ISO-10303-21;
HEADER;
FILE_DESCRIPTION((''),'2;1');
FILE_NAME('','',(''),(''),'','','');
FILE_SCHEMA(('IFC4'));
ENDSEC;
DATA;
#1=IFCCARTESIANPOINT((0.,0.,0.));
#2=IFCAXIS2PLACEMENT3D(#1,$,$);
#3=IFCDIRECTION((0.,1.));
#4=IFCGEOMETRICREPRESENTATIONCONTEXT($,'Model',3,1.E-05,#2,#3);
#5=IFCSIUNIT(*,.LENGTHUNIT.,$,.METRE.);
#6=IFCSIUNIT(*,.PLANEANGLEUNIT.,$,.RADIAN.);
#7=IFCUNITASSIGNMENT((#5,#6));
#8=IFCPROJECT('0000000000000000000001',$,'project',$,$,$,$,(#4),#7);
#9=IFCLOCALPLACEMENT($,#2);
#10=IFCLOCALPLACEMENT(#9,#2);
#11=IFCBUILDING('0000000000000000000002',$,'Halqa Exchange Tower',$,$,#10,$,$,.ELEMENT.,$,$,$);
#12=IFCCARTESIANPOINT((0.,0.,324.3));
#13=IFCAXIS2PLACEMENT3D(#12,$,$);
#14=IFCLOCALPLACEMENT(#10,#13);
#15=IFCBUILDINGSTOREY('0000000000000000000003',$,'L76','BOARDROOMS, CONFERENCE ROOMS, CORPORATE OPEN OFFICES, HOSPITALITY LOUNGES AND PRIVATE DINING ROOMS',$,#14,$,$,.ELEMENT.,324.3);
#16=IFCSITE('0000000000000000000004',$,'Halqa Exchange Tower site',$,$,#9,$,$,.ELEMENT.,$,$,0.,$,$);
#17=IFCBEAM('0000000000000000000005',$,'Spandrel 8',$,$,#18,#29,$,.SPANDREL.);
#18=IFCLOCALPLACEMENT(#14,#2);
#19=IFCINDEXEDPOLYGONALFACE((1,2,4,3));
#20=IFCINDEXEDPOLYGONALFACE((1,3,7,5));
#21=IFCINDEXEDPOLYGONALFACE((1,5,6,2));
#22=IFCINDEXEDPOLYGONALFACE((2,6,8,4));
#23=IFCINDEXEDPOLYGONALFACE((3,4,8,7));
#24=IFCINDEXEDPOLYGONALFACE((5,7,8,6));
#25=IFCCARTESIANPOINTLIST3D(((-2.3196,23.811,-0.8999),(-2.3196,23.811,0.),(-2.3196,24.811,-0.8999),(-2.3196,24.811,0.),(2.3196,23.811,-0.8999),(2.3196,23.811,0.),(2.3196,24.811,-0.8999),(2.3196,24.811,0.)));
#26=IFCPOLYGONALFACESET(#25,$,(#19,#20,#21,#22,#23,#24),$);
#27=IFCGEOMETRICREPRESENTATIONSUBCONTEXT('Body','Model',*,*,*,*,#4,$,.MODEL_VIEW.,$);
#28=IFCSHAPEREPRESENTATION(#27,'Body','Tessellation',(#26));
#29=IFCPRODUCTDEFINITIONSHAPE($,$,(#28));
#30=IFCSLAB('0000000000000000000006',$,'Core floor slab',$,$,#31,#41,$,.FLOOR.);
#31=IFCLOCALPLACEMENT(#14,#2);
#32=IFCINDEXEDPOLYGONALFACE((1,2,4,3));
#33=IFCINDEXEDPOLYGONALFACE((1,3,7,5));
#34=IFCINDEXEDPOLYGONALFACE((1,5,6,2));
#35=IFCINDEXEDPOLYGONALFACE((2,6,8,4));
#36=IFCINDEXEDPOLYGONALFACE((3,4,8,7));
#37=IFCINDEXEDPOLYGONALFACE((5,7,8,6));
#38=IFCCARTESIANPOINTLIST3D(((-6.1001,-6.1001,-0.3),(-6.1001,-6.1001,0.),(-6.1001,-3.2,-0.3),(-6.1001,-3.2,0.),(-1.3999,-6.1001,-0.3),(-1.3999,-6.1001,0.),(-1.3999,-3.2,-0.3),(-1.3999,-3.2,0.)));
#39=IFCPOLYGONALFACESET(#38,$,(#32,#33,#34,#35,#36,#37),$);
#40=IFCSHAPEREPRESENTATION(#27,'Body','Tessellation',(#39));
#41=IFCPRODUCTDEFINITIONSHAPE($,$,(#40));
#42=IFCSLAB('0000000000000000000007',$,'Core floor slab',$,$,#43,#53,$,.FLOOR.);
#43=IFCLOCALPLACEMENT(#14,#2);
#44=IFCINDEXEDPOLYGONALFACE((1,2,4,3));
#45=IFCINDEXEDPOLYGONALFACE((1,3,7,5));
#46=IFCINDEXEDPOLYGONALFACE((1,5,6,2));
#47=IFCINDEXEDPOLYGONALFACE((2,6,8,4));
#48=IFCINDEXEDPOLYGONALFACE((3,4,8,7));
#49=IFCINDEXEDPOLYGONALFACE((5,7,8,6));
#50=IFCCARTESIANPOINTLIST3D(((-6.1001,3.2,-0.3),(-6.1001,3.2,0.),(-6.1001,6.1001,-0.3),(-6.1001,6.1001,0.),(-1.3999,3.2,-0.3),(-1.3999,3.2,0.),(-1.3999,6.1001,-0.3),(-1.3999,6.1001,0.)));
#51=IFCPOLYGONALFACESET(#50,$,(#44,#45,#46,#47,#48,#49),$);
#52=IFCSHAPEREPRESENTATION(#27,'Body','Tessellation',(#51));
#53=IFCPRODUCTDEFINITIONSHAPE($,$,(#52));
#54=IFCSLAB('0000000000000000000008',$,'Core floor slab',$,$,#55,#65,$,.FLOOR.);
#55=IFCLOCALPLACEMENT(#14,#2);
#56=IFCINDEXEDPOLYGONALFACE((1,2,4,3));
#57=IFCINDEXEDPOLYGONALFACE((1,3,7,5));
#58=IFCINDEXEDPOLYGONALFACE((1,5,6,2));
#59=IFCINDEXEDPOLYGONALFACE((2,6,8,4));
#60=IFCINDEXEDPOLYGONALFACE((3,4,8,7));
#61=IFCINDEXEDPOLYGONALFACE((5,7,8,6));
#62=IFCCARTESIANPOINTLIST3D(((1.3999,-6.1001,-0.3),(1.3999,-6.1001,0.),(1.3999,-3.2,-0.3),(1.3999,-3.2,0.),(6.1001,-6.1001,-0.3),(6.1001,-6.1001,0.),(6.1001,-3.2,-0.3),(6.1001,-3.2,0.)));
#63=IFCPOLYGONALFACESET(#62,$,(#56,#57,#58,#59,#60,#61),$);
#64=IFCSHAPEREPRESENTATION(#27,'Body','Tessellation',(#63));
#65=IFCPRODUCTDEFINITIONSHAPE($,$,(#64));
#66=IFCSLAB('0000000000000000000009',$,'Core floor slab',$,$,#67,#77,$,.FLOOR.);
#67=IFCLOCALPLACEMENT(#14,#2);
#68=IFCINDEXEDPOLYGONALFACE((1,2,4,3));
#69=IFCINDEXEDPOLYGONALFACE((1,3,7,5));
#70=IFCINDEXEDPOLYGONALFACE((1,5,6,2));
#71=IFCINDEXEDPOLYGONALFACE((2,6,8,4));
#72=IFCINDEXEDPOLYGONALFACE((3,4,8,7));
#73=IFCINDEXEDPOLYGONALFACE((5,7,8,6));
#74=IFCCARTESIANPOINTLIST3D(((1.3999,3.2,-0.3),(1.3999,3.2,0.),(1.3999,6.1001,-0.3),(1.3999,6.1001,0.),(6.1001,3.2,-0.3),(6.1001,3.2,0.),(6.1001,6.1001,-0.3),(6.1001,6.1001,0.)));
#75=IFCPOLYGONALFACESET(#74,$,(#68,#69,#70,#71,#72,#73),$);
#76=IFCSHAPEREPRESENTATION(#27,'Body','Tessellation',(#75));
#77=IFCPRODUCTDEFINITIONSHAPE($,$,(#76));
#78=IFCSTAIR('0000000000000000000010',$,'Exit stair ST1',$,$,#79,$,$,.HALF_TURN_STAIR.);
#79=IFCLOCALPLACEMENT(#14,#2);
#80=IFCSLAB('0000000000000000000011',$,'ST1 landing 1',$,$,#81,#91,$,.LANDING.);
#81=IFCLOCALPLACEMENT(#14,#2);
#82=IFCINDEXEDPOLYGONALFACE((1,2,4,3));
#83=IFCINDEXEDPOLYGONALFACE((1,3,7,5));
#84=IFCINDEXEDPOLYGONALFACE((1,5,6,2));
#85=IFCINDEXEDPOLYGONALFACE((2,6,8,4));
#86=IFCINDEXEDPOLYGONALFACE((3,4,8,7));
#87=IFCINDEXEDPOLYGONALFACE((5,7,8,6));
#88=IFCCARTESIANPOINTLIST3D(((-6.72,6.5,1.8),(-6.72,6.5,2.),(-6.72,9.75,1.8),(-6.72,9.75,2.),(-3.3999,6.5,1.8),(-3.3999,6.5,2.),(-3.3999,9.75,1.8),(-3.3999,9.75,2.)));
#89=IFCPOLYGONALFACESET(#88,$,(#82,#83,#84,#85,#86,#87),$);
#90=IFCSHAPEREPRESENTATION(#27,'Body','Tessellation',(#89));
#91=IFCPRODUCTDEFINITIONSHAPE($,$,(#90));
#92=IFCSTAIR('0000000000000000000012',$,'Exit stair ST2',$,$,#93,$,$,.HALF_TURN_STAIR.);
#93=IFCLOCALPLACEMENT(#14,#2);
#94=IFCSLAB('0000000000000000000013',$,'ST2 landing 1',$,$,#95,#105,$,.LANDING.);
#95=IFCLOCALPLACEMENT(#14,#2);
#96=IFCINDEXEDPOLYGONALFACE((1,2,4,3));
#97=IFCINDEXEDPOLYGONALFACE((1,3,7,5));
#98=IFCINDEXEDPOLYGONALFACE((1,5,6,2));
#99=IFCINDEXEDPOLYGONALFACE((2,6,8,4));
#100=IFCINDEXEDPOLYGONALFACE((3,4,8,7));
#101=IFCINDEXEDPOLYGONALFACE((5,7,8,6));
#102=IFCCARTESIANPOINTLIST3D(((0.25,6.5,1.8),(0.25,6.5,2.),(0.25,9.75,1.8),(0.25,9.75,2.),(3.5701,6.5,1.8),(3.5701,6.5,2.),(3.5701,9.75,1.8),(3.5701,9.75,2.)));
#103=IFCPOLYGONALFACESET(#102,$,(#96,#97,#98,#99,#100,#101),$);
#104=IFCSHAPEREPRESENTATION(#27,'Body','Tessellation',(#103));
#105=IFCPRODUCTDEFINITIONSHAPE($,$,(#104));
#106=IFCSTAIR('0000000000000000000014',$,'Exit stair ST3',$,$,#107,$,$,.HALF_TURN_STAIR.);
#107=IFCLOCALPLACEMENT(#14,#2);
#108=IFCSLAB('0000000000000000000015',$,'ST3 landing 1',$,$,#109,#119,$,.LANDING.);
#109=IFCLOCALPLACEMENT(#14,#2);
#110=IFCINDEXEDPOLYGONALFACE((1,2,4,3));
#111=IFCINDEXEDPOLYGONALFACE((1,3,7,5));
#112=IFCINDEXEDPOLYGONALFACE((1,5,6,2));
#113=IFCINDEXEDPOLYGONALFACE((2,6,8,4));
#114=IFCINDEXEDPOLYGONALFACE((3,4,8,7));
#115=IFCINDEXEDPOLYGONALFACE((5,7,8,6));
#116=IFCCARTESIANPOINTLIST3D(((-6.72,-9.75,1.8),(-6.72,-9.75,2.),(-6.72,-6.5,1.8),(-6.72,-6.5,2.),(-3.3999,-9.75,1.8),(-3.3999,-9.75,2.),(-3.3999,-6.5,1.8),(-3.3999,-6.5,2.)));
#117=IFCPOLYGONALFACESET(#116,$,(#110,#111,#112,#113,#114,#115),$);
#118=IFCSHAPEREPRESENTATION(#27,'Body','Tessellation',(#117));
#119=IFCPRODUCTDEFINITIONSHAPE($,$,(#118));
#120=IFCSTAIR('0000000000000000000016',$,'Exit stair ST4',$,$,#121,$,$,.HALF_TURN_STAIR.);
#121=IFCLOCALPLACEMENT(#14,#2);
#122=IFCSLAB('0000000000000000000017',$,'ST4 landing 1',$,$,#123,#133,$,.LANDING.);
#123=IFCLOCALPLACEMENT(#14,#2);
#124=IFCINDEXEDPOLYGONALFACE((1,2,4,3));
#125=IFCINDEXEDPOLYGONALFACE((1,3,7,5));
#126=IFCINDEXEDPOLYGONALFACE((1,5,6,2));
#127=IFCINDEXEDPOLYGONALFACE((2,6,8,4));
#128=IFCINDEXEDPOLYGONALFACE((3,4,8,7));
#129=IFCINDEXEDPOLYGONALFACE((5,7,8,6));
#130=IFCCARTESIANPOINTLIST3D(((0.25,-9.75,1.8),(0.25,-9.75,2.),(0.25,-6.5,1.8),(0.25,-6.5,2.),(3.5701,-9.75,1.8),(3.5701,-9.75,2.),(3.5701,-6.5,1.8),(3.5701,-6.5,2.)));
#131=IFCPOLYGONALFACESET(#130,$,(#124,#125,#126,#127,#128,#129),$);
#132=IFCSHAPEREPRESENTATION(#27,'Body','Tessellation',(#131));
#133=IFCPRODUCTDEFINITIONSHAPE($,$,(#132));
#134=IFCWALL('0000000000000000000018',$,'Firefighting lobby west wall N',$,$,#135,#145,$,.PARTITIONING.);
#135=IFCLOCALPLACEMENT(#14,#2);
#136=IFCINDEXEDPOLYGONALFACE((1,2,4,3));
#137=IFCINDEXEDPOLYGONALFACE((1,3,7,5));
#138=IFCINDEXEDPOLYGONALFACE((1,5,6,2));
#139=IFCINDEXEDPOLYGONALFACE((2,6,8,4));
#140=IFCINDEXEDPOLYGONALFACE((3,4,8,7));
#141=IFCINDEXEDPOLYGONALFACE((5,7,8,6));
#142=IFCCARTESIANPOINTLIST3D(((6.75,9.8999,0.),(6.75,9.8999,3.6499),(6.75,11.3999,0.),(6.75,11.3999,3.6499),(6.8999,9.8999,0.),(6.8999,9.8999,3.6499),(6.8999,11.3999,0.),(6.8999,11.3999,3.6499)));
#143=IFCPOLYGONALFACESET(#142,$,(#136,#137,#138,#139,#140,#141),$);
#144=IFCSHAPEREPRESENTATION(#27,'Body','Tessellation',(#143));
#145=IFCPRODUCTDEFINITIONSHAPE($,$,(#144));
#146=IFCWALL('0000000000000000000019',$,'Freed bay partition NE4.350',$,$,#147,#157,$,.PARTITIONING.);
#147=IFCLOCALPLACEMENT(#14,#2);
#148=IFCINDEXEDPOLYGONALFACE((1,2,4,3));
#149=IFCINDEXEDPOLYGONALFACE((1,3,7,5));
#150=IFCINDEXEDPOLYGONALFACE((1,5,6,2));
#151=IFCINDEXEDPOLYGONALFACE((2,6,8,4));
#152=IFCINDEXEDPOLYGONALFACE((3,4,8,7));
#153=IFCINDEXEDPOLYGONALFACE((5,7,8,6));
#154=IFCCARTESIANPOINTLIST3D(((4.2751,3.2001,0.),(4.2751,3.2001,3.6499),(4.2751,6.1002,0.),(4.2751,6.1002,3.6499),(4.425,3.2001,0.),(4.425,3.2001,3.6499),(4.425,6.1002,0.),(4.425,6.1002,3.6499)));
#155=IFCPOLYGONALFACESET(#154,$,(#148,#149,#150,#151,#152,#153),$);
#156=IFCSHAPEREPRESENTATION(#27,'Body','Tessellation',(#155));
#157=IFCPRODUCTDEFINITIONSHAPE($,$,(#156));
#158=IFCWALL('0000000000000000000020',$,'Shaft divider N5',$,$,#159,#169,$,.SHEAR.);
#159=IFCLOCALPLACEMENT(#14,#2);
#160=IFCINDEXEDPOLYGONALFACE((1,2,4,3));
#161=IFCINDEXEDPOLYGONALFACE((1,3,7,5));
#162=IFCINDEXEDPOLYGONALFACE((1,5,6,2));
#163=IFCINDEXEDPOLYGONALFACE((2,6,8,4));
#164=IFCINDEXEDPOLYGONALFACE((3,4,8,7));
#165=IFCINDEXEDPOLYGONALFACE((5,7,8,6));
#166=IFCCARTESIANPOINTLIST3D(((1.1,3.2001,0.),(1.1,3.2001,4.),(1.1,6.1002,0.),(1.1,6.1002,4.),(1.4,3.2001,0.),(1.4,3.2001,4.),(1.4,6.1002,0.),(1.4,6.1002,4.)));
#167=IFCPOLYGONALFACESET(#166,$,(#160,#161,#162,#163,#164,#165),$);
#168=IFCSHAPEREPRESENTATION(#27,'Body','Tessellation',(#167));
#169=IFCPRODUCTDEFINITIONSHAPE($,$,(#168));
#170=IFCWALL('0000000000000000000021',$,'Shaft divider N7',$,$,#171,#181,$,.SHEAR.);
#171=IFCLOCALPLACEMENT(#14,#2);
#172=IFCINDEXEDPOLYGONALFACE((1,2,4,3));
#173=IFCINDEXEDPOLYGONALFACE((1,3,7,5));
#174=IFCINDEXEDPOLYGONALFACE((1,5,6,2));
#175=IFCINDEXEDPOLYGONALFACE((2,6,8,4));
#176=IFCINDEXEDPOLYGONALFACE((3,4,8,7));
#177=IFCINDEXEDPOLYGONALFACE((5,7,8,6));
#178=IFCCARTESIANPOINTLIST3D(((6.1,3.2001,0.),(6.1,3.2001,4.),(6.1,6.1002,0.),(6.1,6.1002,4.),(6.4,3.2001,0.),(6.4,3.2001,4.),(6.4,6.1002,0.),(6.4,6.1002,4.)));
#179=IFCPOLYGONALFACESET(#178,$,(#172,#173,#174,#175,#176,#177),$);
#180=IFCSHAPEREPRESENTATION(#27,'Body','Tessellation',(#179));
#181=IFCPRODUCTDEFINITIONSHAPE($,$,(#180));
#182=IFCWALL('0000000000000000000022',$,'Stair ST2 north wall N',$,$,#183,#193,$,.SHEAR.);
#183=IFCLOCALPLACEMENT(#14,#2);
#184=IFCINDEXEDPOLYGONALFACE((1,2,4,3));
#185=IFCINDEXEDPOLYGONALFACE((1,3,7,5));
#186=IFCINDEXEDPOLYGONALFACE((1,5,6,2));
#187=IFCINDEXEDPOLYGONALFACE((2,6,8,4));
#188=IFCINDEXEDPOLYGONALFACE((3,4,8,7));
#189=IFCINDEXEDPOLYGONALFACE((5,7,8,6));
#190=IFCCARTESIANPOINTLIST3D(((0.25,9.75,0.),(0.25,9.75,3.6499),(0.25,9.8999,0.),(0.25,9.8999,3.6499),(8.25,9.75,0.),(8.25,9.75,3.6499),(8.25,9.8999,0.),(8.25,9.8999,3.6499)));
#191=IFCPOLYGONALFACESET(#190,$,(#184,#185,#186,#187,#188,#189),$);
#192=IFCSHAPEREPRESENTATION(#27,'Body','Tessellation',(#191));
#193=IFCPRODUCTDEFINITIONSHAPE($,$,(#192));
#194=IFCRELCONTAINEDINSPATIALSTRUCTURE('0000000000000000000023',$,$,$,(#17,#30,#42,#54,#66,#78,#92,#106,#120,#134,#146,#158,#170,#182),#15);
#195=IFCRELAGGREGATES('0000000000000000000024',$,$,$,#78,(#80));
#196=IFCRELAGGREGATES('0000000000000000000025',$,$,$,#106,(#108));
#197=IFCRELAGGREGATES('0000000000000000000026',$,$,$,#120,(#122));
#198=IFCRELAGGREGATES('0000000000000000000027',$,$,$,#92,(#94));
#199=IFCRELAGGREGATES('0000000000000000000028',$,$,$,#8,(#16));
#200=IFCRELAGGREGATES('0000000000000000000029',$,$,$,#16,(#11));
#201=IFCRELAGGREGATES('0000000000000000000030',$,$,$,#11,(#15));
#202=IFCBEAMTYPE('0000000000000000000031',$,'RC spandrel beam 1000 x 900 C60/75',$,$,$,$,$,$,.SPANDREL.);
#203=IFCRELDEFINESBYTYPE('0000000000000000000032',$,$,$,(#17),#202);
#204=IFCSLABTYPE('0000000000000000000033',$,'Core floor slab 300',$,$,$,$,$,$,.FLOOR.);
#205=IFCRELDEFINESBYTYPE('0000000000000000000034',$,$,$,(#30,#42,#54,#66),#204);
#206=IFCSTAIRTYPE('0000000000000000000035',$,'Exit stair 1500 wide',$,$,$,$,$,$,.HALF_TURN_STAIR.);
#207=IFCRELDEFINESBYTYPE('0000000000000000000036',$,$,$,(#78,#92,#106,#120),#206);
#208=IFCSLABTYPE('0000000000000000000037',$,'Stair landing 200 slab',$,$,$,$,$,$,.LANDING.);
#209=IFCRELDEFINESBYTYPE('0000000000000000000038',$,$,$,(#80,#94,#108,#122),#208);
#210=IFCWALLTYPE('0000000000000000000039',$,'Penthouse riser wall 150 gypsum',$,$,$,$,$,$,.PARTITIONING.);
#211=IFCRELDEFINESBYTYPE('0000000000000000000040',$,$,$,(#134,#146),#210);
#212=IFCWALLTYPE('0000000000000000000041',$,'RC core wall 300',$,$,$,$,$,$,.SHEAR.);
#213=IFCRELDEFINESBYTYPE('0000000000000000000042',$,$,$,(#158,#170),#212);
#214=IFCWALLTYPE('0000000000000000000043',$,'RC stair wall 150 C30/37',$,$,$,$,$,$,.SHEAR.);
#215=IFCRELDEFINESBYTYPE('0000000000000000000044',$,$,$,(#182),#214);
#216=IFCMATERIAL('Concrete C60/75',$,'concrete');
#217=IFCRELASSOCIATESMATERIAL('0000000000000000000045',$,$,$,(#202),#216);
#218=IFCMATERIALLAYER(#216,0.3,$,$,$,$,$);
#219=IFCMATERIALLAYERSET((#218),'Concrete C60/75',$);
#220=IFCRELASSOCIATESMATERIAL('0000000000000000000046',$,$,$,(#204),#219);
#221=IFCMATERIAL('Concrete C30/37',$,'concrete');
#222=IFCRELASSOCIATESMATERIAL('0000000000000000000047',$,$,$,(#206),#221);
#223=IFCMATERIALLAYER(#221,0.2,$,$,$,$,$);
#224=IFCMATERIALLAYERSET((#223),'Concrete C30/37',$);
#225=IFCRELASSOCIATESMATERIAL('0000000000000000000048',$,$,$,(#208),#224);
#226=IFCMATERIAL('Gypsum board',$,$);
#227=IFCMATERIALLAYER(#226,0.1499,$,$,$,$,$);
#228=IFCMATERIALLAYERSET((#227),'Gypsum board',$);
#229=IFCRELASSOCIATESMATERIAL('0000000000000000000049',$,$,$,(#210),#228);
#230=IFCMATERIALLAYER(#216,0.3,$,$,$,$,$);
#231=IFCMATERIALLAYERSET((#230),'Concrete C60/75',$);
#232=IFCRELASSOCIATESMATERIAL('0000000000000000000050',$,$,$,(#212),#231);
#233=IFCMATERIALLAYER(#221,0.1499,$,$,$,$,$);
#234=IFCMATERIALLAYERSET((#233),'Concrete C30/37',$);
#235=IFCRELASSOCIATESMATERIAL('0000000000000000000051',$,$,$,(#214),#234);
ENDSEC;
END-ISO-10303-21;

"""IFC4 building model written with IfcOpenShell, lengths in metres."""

from ifc_helpers import new_model, si_unit, direction, frame, frame_2d, origin, origin_2d, place, context, subcontext, project, spatial, polyline, rectangle, outline, extrude, material, layer, layer_set, material_profile, profile_set, type_object, element, aggregate, save


model = new_model("IFC4")

# Units and contexts
model_context = context("Model", 3, precision=1e-05, world=origin(), true_north=direction((0.0, 1.0)))
body_context = subcontext(model_context, "Body", "Model", "MODEL_VIEW")
ifc_project = project(units=[si_unit("LENGTHUNIT", "METRE"), si_unit("PLANEANGLEUNIT", "RADIAN")], contexts=[model_context])

# Site, building, storey
site_placement = place(None, origin())
site = spatial("IfcSite", under=ifc_project, at=site_placement, Name="Halqa Exchange Tower site", CompositionType="ELEMENT", RefElevation=0.0)
building_placement = place(site_placement, origin())
building = spatial("IfcBuilding", under=site, at=building_placement, Name="Halqa Exchange Tower", CompositionType="ELEMENT")
storey_placement = place(building_placement, frame((0.0, 0.0, 324.3)))
storey = spatial("IfcBuildingStorey", under=building, at=storey_placement, Name="L76", Description="BOARDROOMS, CONFERENCE ROOMS, CORPORATE OPEN OFFICES, HOSPITALITY LOUNGES AND PRIVATE DINING ROOMS", CompositionType="ELEMENT", Elevation=324.3)

# Beam
ifc_material_1 = material(Name="Concrete C60/75", Category="concrete")
ifc_material_profile_1 = material_profile(ifc_material_1, rectangle(XDim=1.0, YDim=0.8999, at=origin_2d()), Name="1000 x 900")
ifc_profile_set_1 = profile_set([ifc_material_profile_1], Name="Concrete C60/75")
beam_type_1 = type_object("IfcBeamType", Name="RC spandrel beam 1000 x 900 C60/75", PredefinedType="SPANDREL", material=ifc_profile_set_1)
beam_1_placement = place(storey_placement, frame((2.3196, 24.311, -0.45), z_axis=(-1.0, 0.0, 0.0), x_axis=(0.0, -1.0, 0.0)))
element("IfcBeam", 1, at=beam_1_placement, inside=storey, type_object=beam_type_1, Name="Spandrel 8", PredefinedType="SPANDREL", context=body_context, shape_type="SweptSolid", body=[
    extrude(rectangle(XDim=1.0, YDim=0.8999, at=origin_2d()), origin(), (0.0, 0.0, 1.0), 4.6392),
])

# Slabs
ifc_layer_1 = layer(ifc_material_1, 0.3)
ifc_layer_set_1 = layer_set([ifc_layer_1], Name="Concrete C60/75")
slab_type_1 = type_object("IfcSlabType", Name="Core floor slab 300", PredefinedType="FLOOR", material=ifc_layer_set_1)
slab_1_placement = place(storey_placement, frame((0.0, 0.0, -0.3)))
element("IfcSlab", 2, at=slab_1_placement, inside=storey, type_object=slab_type_1, Name="Core floor slab", PredefinedType="FLOOR", context=body_context, shape_type="SweptSolid", body=[
    extrude(outline(polyline([(-1.3999, -3.2), (-1.3999, -6.1001), (-6.1001, -6.1001), (-6.1001, -3.2), (-1.3999, -3.2)])), origin(), (0.0, 0.0, 1.0), 0.3),
])
slab_2_placement = place(storey_placement, frame((0.0, 0.0, -0.3)))
element("IfcSlab", 3, at=slab_2_placement, inside=storey, type_object=slab_type_1, Name="Core floor slab", PredefinedType="FLOOR", context=body_context, shape_type="SweptSolid", body=[
    extrude(outline(polyline([(-1.3999, 3.2), (-6.1001, 3.2), (-6.1001, 6.1001), (-1.3999, 6.1001), (-1.3999, 3.2)])), origin(), (0.0, 0.0, 1.0), 0.3),
])
slab_3_placement = place(storey_placement, frame((0.0, 0.0, -0.3)))
element("IfcSlab", 4, at=slab_3_placement, inside=storey, type_object=slab_type_1, Name="Core floor slab", PredefinedType="FLOOR", context=body_context, shape_type="SweptSolid", body=[
    extrude(outline(polyline([(6.1001, -3.2), (6.1001, -6.1001), (1.3999, -6.1001), (1.3999, -3.2), (6.1001, -3.2)])), origin(), (0.0, 0.0, 1.0), 0.3),
])
slab_4_placement = place(storey_placement, frame((0.0, 0.0, -0.3)))
element("IfcSlab", 5, at=slab_4_placement, inside=storey, type_object=slab_type_1, Name="Core floor slab", PredefinedType="FLOOR", context=body_context, shape_type="SweptSolid", body=[
    extrude(outline(polyline([(6.1001, 6.1001), (6.1001, 3.2), (1.3999, 3.2), (1.3999, 6.1001), (6.1001, 6.1001)])), origin(), (0.0, 0.0, 1.0), 0.3),
])

# Stairs, slabs
ifc_material_2 = material(Name="Concrete C30/37", Category="concrete")
stair_type = type_object("IfcStairType", Name="Exit stair 1500 wide", PredefinedType="HALF_TURN_STAIR", material=ifc_material_2)
stair_1_placement = place(storey_placement, origin())
stair_1 = element("IfcStair", 6, at=stair_1_placement, inside=storey, type_object=stair_type, Name="Exit stair ST1", PredefinedType="HALF_TURN_STAIR")
ifc_layer_2 = layer(ifc_material_2, 0.2)
ifc_layer_set_2 = layer_set([ifc_layer_2], Name="Concrete C30/37")
slab_type_2 = type_object("IfcSlabType", Name="Stair landing 200 slab", PredefinedType="LANDING", material=ifc_layer_set_2)
slab_5_placement = place(storey_placement, frame((0.0, 0.0, 1.8)))
slab_5 = element("IfcSlab", 7, at=slab_5_placement, type_object=slab_type_2, Name="ST1 landing 1", PredefinedType="LANDING", context=body_context, shape_type="SweptSolid", body=[
    extrude(outline(polyline([(-6.72, 6.5), (-3.3999, 6.5), (-3.3999, 9.75), (-6.72, 9.75), (-6.72, 6.5)])), origin(), (0.0, 0.0, 1.0), 0.2),
])
aggregate(stair_1, [slab_5])
stair_2_placement = place(storey_placement, origin())
stair_2 = element("IfcStair", 8, at=stair_2_placement, inside=storey, type_object=stair_type, Name="Exit stair ST2", PredefinedType="HALF_TURN_STAIR")
slab_6_placement = place(storey_placement, frame((0.0, 0.0, 1.8)))
slab_6 = element("IfcSlab", 9, at=slab_6_placement, type_object=slab_type_2, Name="ST2 landing 1", PredefinedType="LANDING", context=body_context, shape_type="SweptSolid", body=[
    extrude(outline(polyline([(0.25, 6.5), (3.5701, 6.5), (3.5701, 9.75), (0.25, 9.75), (0.25, 6.5)])), origin(), (0.0, 0.0, 1.0), 0.2),
])
stair_3_placement = place(storey_placement, origin())
stair_3 = element("IfcStair", 10, at=stair_3_placement, inside=storey, type_object=stair_type, Name="Exit stair ST3", PredefinedType="HALF_TURN_STAIR")
slab_7_placement = place(storey_placement, frame((0.0, 0.0, 1.8)))
slab_7 = element("IfcSlab", 11, at=slab_7_placement, type_object=slab_type_2, Name="ST3 landing 1", PredefinedType="LANDING", context=body_context, shape_type="SweptSolid", body=[
    extrude(outline(polyline([(-6.72, -9.75), (-3.3999, -9.75), (-3.3999, -6.5), (-6.72, -6.5), (-6.72, -9.75)])), origin(), (0.0, 0.0, 1.0), 0.2),
])
aggregate(stair_3, [slab_7])
stair_4_placement = place(storey_placement, origin())
stair_4 = element("IfcStair", 12, at=stair_4_placement, inside=storey, type_object=stair_type, Name="Exit stair ST4", PredefinedType="HALF_TURN_STAIR")
slab_8_placement = place(storey_placement, frame((0.0, 0.0, 1.8)))
slab_8 = element("IfcSlab", 13, at=slab_8_placement, type_object=slab_type_2, Name="ST4 landing 1", PredefinedType="LANDING", context=body_context, shape_type="SweptSolid", body=[
    extrude(outline(polyline([(0.25, -9.75), (3.5701, -9.75), (3.5701, -6.5), (0.25, -6.5), (0.25, -9.75)])), origin(), (0.0, 0.0, 1.0), 0.2),
])
aggregate(stair_4, [slab_8])

# Walls
ifc_material_3 = material(Name="Gypsum board")
ifc_layer_3 = layer(ifc_material_3, 0.1499)
ifc_layer_set_3 = layer_set([ifc_layer_3], Name="Gypsum board")
wall_type_1 = type_object("IfcWallType", Name="Penthouse riser wall 150 gypsum", PredefinedType="PARTITIONING", material=ifc_layer_set_3)
wall_1_placement = place(storey_placement, frame((6.825, 9.8999, 0.0), z_axis=(0.0, 0.0, 1.0), x_axis=(0.0, 1.0, 0.0)))
element("IfcWall", 14, at=wall_1_placement, inside=storey, type_object=wall_type_1, Name="Firefighting lobby west wall N", PredefinedType="PARTITIONING", context=body_context, shape_type="SweptSolid", body=[
    extrude(rectangle(XDim=1.5, YDim=0.1499, at=frame_2d((0.75, 0.0))), origin(), (0.0, 0.0, 1.0), 3.6499),
])
wall_2_placement = place(storey_placement, frame((4.3501, 3.2, 0.0), z_axis=(0.0, 0.0, 1.0), x_axis=(0.0, 1.0, 0.0)))
element("IfcWall", 15, at=wall_2_placement, inside=storey, type_object=wall_type_1, Name="Freed bay partition NE4.350", PredefinedType="PARTITIONING", context=body_context, shape_type="SweptSolid", body=[
    extrude(rectangle(XDim=2.9001, YDim=0.1499, at=frame_2d((1.4502, 0.0))), origin(), (0.0, 0.0, 1.0), 3.6499),
])
ifc_layer_4 = layer(ifc_material_1, 0.3)
ifc_layer_set_4 = layer_set([ifc_layer_4], Name="Concrete C60/75")
wall_type_2 = type_object("IfcWallType", Name="RC core wall 300", PredefinedType="SHEAR", material=ifc_layer_set_4)
for number, where, z_axis, x_axis, name in (
    (16, (1.25, 3.2, 0.0), (0.0, 0.0, 1.0), (0.0, 1.0, 0.0), "Shaft divider N5"),
    (17, (6.25, 3.2, 0.0), (0.0, 0.0, 1.0), (0.0, 1.0, 0.0), "Shaft divider N7"),
):
    element("IfcWall", number, at=place(storey_placement, frame(where, z_axis=z_axis, x_axis=x_axis)), inside=storey, type_object=wall_type_2, Name=name, PredefinedType="SHEAR", context=body_context, shape_type="SweptSolid", body=[
        extrude(rectangle(XDim=2.9001, YDim=0.3, at=frame_2d((1.4502, 0.0))), origin(), (0.0, 0.0, 1.0), 4.0),
    ])
ifc_layer_5 = layer(ifc_material_2, 0.1499)
ifc_layer_set_5 = layer_set([ifc_layer_5], Name="Concrete C30/37")
wall_type_3 = type_object("IfcWallType", Name="RC stair wall 150 C30/37", PredefinedType="SHEAR", material=ifc_layer_set_5)
wall_3_placement = place(storey_placement, frame((0.25, 9.825, 0.0), z_axis=(0.0, 0.0, 1.0), x_axis=(1.0, 0.0, 0.0)))
element("IfcWall", 18, at=wall_3_placement, inside=storey, type_object=wall_type_3, Name="Stair ST2 north wall N", PredefinedType="SHEAR", context=body_context, shape_type="SweptSolid", body=[
    extrude(rectangle(XDim=8.0, YDim=0.1499, at=frame_2d((4.0, 0.0))), origin(), (0.0, 0.0, 1.0), 3.6499),
])

aggregate(stair_2, [slab_6])

save(model, "model.ifc")
